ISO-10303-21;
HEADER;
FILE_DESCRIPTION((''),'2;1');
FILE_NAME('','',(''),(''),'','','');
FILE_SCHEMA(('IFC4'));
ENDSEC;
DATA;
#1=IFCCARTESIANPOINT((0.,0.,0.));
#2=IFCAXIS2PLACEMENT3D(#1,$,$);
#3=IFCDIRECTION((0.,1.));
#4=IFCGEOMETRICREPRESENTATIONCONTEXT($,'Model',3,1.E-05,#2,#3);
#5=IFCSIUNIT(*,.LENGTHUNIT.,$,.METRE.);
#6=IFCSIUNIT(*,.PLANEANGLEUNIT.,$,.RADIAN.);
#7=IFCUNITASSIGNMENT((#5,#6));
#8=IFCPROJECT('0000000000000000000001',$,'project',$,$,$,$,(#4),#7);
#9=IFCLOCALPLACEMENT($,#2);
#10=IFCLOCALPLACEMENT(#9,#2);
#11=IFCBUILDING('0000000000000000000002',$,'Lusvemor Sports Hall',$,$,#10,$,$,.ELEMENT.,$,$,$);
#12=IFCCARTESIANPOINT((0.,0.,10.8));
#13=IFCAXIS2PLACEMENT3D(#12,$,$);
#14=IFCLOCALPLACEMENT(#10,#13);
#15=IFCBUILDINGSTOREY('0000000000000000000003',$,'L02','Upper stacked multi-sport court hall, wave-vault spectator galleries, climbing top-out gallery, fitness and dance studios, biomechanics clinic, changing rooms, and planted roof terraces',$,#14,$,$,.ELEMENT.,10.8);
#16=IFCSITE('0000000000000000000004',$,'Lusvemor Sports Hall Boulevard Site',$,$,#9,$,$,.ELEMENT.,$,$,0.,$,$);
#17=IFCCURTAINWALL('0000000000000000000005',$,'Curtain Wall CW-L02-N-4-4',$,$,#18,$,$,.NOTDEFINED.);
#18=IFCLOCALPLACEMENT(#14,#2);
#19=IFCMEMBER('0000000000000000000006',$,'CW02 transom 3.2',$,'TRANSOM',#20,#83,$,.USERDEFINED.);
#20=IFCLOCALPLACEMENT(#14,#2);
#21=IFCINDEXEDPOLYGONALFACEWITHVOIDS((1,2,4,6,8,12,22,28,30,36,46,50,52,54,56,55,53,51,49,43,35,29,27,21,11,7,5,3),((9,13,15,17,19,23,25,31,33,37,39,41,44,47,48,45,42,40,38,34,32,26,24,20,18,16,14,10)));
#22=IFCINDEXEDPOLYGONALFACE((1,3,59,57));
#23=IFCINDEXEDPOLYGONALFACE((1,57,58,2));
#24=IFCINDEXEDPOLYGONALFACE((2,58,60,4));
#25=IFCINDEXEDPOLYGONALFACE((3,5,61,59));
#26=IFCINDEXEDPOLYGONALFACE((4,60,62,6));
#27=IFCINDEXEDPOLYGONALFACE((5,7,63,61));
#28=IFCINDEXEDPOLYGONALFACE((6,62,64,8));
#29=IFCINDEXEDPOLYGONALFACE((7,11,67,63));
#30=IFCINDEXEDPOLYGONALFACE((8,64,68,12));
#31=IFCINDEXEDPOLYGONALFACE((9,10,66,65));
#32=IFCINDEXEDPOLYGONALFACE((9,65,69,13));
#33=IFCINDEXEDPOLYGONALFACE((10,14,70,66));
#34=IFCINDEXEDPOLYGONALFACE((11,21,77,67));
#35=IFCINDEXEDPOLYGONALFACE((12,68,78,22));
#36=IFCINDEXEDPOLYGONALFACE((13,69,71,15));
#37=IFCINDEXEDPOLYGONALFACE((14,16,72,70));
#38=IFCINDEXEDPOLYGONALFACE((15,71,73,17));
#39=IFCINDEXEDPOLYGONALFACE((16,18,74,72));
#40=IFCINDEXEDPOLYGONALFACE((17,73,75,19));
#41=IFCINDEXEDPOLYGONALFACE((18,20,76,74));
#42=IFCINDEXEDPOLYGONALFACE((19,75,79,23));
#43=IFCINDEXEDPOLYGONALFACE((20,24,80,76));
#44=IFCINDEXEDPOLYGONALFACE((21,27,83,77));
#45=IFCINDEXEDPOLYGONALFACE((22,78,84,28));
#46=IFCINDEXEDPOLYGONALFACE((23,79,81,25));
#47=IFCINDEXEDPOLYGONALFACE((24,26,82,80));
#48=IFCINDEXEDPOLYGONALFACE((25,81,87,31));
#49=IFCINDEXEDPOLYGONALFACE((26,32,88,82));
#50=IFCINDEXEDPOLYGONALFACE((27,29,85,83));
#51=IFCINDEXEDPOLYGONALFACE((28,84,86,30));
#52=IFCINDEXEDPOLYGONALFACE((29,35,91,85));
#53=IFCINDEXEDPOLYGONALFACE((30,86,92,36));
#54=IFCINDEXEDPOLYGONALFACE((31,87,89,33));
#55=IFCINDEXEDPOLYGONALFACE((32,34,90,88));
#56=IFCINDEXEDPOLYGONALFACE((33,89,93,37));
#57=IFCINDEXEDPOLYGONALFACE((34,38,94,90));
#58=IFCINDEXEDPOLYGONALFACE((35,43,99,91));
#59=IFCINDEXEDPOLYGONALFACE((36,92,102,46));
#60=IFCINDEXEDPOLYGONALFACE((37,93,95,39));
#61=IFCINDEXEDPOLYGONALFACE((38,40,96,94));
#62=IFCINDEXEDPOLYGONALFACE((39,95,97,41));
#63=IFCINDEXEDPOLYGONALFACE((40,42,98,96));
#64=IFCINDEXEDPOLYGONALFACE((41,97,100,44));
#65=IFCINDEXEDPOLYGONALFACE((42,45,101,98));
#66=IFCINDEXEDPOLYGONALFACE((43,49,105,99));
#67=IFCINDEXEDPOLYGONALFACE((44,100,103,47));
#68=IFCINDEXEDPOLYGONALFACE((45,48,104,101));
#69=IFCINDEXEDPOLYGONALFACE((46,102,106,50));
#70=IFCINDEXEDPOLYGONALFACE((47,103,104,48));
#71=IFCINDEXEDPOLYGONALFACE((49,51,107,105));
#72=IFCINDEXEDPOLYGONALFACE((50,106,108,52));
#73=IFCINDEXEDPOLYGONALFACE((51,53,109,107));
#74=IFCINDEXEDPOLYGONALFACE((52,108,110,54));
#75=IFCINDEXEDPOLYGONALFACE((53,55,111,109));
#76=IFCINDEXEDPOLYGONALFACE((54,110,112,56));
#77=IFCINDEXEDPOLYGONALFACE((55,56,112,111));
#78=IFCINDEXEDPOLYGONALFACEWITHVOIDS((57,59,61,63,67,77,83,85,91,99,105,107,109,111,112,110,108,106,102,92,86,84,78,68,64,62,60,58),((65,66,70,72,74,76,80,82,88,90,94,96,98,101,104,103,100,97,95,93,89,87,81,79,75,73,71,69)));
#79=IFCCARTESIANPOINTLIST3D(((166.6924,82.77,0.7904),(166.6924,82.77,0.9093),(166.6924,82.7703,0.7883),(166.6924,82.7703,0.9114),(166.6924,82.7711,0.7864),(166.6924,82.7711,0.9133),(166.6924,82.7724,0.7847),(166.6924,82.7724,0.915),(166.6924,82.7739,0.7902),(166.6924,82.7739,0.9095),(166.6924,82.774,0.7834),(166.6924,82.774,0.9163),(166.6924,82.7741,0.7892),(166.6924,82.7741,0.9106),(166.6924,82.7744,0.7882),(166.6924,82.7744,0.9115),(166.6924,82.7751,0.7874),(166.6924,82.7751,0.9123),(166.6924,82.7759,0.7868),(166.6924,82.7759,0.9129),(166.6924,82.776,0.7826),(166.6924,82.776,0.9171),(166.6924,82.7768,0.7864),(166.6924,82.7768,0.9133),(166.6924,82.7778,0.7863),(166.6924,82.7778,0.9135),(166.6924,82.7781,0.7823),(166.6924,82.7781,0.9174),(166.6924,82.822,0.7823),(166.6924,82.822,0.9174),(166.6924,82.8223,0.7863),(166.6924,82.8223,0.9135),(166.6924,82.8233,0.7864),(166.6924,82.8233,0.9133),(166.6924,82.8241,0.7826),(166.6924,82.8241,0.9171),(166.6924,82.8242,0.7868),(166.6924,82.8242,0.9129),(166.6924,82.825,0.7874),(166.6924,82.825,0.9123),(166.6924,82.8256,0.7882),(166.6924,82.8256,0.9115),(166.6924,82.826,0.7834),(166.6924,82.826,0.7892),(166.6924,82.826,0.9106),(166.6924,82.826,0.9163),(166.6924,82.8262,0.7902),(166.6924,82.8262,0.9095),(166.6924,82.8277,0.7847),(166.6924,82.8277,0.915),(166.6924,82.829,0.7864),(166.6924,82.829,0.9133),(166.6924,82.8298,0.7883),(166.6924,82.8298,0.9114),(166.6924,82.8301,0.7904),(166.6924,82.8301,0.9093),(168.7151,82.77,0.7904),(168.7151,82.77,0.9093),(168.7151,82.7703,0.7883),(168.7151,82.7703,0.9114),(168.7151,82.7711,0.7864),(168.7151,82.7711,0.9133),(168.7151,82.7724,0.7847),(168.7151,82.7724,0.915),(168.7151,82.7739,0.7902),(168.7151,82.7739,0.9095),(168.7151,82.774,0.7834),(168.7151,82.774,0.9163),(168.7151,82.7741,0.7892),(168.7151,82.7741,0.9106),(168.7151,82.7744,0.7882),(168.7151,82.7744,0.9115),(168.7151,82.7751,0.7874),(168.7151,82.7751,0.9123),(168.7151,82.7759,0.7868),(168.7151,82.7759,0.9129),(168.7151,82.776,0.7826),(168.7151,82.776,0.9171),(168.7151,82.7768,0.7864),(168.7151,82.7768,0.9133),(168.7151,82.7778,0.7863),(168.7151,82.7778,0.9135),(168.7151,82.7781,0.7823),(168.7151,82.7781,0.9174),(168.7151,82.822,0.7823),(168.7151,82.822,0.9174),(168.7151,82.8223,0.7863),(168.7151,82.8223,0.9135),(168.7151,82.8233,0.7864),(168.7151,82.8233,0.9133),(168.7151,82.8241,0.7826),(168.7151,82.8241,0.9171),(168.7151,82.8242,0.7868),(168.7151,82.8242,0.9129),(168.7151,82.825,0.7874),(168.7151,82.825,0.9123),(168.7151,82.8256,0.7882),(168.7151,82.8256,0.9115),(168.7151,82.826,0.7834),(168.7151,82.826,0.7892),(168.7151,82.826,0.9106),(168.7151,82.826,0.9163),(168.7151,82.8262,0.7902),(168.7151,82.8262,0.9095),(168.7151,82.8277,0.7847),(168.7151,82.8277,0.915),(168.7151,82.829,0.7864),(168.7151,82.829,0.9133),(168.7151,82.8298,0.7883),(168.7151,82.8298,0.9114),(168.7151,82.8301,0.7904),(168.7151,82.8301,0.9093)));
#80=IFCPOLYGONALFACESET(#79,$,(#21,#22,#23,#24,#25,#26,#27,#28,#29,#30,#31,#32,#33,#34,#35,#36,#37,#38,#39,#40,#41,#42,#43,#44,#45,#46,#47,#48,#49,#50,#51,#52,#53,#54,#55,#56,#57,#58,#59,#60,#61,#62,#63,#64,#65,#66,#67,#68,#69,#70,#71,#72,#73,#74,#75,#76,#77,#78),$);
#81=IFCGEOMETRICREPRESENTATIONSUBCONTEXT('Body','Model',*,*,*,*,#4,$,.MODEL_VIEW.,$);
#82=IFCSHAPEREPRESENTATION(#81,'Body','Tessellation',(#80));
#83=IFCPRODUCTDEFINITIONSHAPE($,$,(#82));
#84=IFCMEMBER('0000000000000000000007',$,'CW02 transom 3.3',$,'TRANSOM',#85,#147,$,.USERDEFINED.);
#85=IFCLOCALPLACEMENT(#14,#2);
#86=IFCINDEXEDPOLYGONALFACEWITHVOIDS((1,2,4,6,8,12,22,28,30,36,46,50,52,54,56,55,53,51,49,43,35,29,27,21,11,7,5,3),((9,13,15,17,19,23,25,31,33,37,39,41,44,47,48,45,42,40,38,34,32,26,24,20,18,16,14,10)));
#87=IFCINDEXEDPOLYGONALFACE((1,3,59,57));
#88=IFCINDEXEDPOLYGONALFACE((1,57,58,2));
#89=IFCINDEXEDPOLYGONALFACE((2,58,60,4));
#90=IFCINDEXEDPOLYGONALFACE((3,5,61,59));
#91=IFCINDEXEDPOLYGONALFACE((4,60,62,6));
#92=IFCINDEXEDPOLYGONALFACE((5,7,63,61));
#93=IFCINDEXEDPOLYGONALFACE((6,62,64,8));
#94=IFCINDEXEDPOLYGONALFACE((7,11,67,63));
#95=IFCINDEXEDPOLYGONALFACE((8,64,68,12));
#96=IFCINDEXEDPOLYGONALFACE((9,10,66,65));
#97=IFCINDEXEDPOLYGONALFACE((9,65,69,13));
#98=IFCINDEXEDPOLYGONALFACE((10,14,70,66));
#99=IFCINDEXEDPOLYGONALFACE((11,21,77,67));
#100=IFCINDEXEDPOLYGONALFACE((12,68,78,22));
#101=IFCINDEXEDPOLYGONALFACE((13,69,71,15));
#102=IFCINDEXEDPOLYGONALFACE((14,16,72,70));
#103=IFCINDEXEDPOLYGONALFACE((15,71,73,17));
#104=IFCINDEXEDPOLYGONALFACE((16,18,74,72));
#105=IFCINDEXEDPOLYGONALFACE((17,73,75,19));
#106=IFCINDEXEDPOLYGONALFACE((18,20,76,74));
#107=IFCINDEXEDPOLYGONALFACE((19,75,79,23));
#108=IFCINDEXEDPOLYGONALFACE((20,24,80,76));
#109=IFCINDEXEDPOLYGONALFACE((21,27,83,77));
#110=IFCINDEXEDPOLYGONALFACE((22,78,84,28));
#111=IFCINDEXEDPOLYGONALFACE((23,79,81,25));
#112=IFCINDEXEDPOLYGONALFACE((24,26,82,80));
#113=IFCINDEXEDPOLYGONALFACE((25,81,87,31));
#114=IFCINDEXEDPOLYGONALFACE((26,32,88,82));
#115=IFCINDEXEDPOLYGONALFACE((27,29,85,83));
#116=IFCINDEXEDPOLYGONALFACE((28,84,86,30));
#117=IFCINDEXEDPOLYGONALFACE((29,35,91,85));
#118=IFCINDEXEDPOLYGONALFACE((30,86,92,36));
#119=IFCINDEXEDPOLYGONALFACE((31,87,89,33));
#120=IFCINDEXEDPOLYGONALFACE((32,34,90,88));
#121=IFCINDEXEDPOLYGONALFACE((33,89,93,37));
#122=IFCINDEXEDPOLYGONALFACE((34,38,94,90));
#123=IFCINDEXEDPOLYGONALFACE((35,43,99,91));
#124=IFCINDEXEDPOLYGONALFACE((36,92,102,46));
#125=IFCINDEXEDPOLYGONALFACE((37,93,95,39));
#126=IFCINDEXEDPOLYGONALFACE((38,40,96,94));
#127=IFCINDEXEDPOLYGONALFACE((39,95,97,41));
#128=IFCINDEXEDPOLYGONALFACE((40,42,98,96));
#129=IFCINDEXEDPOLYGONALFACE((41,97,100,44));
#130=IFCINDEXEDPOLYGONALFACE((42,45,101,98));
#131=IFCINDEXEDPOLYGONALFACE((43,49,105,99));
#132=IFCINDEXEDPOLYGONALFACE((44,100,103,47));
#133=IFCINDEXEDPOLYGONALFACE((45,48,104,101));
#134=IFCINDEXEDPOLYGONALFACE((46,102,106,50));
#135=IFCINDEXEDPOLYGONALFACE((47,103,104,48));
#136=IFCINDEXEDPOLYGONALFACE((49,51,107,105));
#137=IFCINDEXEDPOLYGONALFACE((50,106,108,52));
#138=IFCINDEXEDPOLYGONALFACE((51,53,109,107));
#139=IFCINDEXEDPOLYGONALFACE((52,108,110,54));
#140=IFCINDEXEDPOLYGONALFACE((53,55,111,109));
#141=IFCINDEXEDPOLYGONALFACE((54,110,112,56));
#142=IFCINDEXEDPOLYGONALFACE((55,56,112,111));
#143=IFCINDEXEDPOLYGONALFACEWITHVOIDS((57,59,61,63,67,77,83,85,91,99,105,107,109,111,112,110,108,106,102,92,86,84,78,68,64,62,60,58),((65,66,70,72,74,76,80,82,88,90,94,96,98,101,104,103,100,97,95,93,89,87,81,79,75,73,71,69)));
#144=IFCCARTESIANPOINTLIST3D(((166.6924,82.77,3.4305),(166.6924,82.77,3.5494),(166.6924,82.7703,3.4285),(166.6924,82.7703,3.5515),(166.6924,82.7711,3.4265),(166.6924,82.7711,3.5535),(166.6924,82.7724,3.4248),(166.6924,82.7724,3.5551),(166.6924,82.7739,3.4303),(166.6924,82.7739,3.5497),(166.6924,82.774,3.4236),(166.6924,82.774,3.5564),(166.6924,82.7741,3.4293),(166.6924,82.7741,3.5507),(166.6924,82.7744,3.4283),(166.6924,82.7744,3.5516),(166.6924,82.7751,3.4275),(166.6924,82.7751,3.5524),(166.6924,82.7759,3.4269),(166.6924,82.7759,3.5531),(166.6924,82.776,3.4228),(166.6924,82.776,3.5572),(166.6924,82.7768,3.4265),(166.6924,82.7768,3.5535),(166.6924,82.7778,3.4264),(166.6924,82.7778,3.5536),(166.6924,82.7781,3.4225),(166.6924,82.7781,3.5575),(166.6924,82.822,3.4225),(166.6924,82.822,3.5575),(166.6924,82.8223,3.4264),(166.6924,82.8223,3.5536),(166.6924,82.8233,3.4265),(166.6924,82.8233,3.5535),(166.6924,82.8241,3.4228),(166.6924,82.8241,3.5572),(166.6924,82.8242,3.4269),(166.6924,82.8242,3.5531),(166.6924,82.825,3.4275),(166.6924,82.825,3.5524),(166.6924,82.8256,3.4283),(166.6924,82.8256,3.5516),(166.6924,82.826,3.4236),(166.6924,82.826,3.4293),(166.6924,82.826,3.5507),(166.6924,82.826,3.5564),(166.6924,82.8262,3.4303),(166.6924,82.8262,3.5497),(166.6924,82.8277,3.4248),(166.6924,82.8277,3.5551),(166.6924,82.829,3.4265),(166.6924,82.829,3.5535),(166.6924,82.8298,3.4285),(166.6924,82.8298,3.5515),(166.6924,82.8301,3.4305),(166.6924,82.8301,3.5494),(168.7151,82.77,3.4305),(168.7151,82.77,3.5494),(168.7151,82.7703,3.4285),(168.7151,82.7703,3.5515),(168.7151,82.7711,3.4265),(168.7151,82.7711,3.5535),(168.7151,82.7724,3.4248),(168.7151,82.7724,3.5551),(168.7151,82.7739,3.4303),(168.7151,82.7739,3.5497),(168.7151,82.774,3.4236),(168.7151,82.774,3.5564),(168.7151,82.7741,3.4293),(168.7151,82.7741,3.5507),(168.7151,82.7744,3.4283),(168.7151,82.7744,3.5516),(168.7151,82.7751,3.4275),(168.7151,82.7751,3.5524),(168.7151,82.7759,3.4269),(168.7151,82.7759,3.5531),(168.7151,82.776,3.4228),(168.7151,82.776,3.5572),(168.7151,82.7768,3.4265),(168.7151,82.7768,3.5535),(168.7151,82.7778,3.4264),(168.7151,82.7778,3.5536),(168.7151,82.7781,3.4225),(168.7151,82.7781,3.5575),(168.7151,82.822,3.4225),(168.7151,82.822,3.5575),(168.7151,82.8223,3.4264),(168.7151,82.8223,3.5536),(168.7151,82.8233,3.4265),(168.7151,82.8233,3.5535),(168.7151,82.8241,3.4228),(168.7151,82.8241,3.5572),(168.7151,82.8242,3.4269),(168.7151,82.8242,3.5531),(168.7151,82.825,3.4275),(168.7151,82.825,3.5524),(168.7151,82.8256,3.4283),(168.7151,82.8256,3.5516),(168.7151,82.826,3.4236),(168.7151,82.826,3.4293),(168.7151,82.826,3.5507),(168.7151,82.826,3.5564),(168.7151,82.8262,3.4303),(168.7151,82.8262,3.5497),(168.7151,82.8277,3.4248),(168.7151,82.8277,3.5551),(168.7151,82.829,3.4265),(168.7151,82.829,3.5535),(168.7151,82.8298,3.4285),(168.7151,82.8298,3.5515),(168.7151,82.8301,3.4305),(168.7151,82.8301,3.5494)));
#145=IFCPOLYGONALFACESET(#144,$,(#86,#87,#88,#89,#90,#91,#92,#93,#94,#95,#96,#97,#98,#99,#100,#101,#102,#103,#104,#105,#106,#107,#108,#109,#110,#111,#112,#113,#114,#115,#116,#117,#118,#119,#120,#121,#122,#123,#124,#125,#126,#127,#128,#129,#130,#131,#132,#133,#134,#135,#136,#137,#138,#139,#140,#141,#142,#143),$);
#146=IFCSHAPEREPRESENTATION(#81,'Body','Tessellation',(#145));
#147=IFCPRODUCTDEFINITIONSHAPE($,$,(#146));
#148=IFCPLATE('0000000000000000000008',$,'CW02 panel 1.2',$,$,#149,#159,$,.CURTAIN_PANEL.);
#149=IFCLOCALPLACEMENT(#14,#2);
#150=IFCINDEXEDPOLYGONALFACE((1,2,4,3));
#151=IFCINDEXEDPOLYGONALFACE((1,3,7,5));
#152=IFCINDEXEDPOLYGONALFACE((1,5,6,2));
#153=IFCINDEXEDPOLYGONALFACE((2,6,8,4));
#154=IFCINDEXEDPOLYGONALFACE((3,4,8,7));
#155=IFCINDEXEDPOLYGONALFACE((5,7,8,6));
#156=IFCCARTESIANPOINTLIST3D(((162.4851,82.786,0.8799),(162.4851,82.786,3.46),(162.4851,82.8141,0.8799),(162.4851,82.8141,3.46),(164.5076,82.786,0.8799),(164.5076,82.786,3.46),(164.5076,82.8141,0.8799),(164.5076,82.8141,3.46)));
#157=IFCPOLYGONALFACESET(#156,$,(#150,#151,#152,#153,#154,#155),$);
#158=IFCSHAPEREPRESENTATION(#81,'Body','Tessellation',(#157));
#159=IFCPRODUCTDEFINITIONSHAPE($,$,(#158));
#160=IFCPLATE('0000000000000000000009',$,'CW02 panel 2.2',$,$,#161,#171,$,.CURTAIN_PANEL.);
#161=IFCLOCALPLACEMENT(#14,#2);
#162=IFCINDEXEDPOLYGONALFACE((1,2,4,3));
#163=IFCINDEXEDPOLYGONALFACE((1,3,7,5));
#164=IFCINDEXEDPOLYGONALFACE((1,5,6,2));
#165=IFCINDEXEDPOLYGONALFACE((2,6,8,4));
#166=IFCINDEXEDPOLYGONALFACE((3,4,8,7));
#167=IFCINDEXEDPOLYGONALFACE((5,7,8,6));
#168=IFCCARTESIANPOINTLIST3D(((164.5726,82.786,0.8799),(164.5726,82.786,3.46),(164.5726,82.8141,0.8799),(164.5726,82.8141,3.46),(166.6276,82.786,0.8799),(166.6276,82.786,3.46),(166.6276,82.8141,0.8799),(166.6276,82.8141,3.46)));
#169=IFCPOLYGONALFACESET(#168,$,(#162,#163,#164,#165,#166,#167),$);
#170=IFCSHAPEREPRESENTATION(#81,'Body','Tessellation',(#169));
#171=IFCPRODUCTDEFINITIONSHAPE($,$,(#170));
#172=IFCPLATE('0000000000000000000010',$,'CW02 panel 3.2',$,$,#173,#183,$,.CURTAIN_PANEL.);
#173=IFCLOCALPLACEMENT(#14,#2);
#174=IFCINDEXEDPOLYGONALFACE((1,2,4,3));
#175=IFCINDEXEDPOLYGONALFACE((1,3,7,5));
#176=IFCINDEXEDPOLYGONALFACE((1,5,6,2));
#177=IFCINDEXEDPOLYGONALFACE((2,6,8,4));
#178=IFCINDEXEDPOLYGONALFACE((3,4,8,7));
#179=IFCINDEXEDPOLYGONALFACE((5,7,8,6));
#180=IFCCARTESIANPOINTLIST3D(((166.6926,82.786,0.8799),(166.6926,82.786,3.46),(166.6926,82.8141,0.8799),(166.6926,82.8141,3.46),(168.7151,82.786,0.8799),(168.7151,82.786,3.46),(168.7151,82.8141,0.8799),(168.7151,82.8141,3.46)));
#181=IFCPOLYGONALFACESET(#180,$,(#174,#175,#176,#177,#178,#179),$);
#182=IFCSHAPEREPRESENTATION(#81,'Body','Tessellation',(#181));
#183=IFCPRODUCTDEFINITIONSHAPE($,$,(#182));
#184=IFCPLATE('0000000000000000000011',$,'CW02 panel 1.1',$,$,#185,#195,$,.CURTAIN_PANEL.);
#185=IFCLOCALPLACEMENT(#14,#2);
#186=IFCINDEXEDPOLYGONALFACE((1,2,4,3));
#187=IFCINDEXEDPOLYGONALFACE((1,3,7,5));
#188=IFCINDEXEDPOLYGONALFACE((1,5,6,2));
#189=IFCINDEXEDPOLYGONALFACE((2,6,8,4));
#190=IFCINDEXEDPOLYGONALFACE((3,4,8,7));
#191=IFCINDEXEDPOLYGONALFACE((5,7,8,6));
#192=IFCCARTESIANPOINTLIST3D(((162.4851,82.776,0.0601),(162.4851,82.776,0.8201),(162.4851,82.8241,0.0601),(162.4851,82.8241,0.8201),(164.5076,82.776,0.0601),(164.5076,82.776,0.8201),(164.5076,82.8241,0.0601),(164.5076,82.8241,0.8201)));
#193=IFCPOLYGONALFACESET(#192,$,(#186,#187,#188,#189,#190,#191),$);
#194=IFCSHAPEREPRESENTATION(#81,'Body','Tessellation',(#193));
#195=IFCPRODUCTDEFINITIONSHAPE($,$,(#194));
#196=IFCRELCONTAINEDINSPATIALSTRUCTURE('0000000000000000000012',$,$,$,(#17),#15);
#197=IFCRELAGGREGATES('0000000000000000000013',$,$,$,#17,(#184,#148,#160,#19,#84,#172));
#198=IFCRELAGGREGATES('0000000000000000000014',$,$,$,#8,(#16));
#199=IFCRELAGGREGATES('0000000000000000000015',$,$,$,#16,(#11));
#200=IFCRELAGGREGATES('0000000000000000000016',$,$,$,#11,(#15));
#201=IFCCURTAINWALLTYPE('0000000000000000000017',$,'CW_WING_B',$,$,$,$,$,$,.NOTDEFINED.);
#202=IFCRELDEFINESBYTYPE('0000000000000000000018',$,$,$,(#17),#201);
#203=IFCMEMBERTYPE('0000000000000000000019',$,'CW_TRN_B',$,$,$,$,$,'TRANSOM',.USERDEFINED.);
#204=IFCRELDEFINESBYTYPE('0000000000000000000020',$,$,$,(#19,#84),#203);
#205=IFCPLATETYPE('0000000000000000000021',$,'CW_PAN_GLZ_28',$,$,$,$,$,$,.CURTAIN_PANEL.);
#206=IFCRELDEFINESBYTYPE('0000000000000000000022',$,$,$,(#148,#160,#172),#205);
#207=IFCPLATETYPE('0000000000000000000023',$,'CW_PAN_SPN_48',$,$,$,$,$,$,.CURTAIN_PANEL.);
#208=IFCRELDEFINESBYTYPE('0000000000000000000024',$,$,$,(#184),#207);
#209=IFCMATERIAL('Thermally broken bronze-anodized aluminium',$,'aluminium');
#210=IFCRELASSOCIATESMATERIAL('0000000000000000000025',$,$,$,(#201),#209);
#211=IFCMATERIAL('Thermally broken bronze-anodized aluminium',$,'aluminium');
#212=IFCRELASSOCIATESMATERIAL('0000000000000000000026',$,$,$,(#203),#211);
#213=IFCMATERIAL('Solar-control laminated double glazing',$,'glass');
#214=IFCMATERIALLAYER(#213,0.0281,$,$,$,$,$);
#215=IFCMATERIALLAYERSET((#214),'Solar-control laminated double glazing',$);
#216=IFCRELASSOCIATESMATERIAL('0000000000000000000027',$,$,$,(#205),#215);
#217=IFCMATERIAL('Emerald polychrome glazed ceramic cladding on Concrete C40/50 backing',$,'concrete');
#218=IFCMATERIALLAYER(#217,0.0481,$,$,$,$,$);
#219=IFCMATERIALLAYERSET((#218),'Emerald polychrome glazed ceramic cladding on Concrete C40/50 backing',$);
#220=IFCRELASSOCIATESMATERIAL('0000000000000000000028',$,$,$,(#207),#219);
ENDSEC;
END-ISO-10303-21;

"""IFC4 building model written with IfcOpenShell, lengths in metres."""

from ifc_helpers import new_model, si_unit, direction, frame, origin, origin_2d, place, context, subcontext, project, spatial, rectangle, hollow_rectangle, extrude, material, layer, layer_set, material_profile, profile_set, type_object, element, aggregate, save


model = new_model("IFC4")

# Units and contexts
model_context = context("Model", 3, precision=1e-05, world=origin(), true_north=direction((0.0, 1.0)))
body_context = subcontext(model_context, "Body", "Model", "MODEL_VIEW")
ifc_project = project(units=[si_unit("LENGTHUNIT", "METRE"), si_unit("PLANEANGLEUNIT", "RADIAN")], contexts=[model_context])

# Site, building, storey
site_placement = place(None, origin())
site = spatial("IfcSite", under=ifc_project, at=site_placement, Name="Lusvemor Sports Hall Boulevard Site", CompositionType="ELEMENT", RefElevation=0.0)
building_placement = place(site_placement, origin())
building = spatial("IfcBuilding", under=site, at=building_placement, Name="Lusvemor Sports Hall", CompositionType="ELEMENT")
storey_placement = place(building_placement, frame((0.0, 0.0, 10.8)))
storey = spatial("IfcBuildingStorey", under=building, at=storey_placement, Name="L02", Description="Upper stacked multi-sport court hall, wave-vault spectator galleries, climbing top-out gallery, fitness and dance studios, biomechanics clinic, changing rooms, and planted roof terraces", CompositionType="ELEMENT", Elevation=10.8)

# Curtain wall, members, plates
ifc_material_1 = material(Name="Thermally broken bronze-anodized aluminium", Category="aluminium")
curtain_wall_type = type_object("IfcCurtainWallType", Name="CW_WING_B", PredefinedType="NOTDEFINED", material=ifc_material_1)
curtain_wall_placement = place(storey_placement, origin())
curtain_wall = element("IfcCurtainWall", 1, at=curtain_wall_placement, inside=storey, type_object=curtain_wall_type, Name="Curtain Wall CW-L02-N-4-4", PredefinedType="NOTDEFINED")
ifc_material_2 = material(Name="Thermally broken bronze-anodized aluminium", Category="aluminium")
ifc_material_profile_1 = material_profile(ifc_material_2, hollow_rectangle(XDim=0.0601, YDim=0.135, WallThickness=0.0039, InnerFilletRadius=0.0039, OuterFilletRadius=0.0081, at=origin_2d()), Name="CWTRN135x60x4")
ifc_profile_set_1 = profile_set([ifc_material_profile_1], Name="Thermally broken bronze-anodized aluminium")
member_type_1 = type_object("IfcMemberType", Name="CW_TRN_B", ElementType="TRANSOM", PredefinedType="USERDEFINED", material=ifc_profile_set_1)
member_1_placement = place(storey_placement, frame((166.6924, 82.8, 0.8499), z_axis=(1.0, 0.0, 0.0), x_axis=(0.0, 1.0, 0.0)))
member_1 = element("IfcMember", 2, at=member_1_placement, type_object=member_type_1, Name="CW02 transom 3.2", ObjectType="TRANSOM", PredefinedType="USERDEFINED", context=body_context, shape_type="SweptSolid", body=[
    extrude(hollow_rectangle(XDim=0.0601, YDim=0.135, WallThickness=0.0039, InnerFilletRadius=0.0039, OuterFilletRadius=0.0081, at=origin_2d()), origin(), (0.0, 0.0, 1.0), 2.0227),
])
member_2_placement = place(storey_placement, frame((166.6924, 82.8, 3.49), z_axis=(1.0, 0.0, 0.0), x_axis=(0.0, 1.0, 0.0)))
member_2 = element("IfcMember", 3, at=member_2_placement, type_object=member_type_1, Name="CW02 transom 3.3", ObjectType="TRANSOM", PredefinedType="USERDEFINED", context=body_context, shape_type="SweptSolid", body=[
    extrude(hollow_rectangle(XDim=0.0601, YDim=0.135, WallThickness=0.0039, InnerFilletRadius=0.0039, OuterFilletRadius=0.0081, at=origin_2d()), origin(), (0.0, 0.0, 1.0), 2.0227),
])
ifc_material_3 = material(Name="Solar-control laminated double glazing", Category="glass")
ifc_layer_1 = layer(ifc_material_3, 0.0281)
ifc_layer_set_1 = layer_set([ifc_layer_1], Name="Solar-control laminated double glazing")
plate_type_1 = type_object("IfcPlateType", Name="CW_PAN_GLZ_28", PredefinedType="CURTAIN_PANEL", material=ifc_layer_set_1)
plate_1_placement = place(storey_placement, frame((163.4963, 82.8, 0.8799), z_axis=(0.0, 0.0, 1.0), x_axis=(1.0, 0.0, 0.0)))
plate_1 = element("IfcPlate", 4, at=plate_1_placement, type_object=plate_type_1, Name="CW02 panel 1.2", PredefinedType="CURTAIN_PANEL", context=body_context, shape_type="SweptSolid", body=[
    extrude(rectangle(XDim=2.0225, YDim=0.0281, at=origin_2d()), origin(), (0.0, 0.0, 1.0), 2.5801),
])
plate_2_placement = place(storey_placement, frame((165.6001, 82.8, 0.8799), z_axis=(0.0, 0.0, 1.0), x_axis=(1.0, 0.0, 0.0)))
plate_2 = element("IfcPlate", 5, at=plate_2_placement, type_object=plate_type_1, Name="CW02 panel 2.2", PredefinedType="CURTAIN_PANEL", context=body_context, shape_type="SweptSolid", body=[
    extrude(rectangle(XDim=2.0549, YDim=0.0281, at=origin_2d()), origin(), (0.0, 0.0, 1.0), 2.5801),
])
plate_3_placement = place(storey_placement, frame((167.7039, 82.8, 0.8799), z_axis=(0.0, 0.0, 1.0), x_axis=(1.0, 0.0, 0.0)))
plate_3 = element("IfcPlate", 6, at=plate_3_placement, type_object=plate_type_1, Name="CW02 panel 3.2", PredefinedType="CURTAIN_PANEL", context=body_context, shape_type="SweptSolid", body=[
    extrude(rectangle(XDim=2.0225, YDim=0.0281, at=origin_2d()), origin(), (0.0, 0.0, 1.0), 2.5801),
])
ifc_material_4 = material(Name="Emerald polychrome glazed ceramic cladding on Concrete C40/50 backing", Category="concrete")
ifc_layer_2 = layer(ifc_material_4, 0.0481)
ifc_layer_set_2 = layer_set([ifc_layer_2], Name="Emerald polychrome glazed ceramic cladding on Concrete C40/50 backing")
plate_type_2 = type_object("IfcPlateType", Name="CW_PAN_SPN_48", PredefinedType="CURTAIN_PANEL", material=ifc_layer_set_2)
plate_4_placement = place(storey_placement, frame((163.4963, 82.8, 0.0601), z_axis=(0.0, 0.0, 1.0), x_axis=(1.0, 0.0, 0.0)))
plate_4 = element("IfcPlate", 7, at=plate_4_placement, type_object=plate_type_2, Name="CW02 panel 1.1", PredefinedType="CURTAIN_PANEL", context=body_context, shape_type="SweptSolid", body=[
    extrude(rectangle(XDim=2.0225, YDim=0.0481, at=origin_2d()), origin(), (0.0, 0.0, 1.0), 0.76),
])
aggregate(curtain_wall, [plate_4, plate_1, plate_2, member_1, member_2, plate_3])

save(model, "model.ifc")
